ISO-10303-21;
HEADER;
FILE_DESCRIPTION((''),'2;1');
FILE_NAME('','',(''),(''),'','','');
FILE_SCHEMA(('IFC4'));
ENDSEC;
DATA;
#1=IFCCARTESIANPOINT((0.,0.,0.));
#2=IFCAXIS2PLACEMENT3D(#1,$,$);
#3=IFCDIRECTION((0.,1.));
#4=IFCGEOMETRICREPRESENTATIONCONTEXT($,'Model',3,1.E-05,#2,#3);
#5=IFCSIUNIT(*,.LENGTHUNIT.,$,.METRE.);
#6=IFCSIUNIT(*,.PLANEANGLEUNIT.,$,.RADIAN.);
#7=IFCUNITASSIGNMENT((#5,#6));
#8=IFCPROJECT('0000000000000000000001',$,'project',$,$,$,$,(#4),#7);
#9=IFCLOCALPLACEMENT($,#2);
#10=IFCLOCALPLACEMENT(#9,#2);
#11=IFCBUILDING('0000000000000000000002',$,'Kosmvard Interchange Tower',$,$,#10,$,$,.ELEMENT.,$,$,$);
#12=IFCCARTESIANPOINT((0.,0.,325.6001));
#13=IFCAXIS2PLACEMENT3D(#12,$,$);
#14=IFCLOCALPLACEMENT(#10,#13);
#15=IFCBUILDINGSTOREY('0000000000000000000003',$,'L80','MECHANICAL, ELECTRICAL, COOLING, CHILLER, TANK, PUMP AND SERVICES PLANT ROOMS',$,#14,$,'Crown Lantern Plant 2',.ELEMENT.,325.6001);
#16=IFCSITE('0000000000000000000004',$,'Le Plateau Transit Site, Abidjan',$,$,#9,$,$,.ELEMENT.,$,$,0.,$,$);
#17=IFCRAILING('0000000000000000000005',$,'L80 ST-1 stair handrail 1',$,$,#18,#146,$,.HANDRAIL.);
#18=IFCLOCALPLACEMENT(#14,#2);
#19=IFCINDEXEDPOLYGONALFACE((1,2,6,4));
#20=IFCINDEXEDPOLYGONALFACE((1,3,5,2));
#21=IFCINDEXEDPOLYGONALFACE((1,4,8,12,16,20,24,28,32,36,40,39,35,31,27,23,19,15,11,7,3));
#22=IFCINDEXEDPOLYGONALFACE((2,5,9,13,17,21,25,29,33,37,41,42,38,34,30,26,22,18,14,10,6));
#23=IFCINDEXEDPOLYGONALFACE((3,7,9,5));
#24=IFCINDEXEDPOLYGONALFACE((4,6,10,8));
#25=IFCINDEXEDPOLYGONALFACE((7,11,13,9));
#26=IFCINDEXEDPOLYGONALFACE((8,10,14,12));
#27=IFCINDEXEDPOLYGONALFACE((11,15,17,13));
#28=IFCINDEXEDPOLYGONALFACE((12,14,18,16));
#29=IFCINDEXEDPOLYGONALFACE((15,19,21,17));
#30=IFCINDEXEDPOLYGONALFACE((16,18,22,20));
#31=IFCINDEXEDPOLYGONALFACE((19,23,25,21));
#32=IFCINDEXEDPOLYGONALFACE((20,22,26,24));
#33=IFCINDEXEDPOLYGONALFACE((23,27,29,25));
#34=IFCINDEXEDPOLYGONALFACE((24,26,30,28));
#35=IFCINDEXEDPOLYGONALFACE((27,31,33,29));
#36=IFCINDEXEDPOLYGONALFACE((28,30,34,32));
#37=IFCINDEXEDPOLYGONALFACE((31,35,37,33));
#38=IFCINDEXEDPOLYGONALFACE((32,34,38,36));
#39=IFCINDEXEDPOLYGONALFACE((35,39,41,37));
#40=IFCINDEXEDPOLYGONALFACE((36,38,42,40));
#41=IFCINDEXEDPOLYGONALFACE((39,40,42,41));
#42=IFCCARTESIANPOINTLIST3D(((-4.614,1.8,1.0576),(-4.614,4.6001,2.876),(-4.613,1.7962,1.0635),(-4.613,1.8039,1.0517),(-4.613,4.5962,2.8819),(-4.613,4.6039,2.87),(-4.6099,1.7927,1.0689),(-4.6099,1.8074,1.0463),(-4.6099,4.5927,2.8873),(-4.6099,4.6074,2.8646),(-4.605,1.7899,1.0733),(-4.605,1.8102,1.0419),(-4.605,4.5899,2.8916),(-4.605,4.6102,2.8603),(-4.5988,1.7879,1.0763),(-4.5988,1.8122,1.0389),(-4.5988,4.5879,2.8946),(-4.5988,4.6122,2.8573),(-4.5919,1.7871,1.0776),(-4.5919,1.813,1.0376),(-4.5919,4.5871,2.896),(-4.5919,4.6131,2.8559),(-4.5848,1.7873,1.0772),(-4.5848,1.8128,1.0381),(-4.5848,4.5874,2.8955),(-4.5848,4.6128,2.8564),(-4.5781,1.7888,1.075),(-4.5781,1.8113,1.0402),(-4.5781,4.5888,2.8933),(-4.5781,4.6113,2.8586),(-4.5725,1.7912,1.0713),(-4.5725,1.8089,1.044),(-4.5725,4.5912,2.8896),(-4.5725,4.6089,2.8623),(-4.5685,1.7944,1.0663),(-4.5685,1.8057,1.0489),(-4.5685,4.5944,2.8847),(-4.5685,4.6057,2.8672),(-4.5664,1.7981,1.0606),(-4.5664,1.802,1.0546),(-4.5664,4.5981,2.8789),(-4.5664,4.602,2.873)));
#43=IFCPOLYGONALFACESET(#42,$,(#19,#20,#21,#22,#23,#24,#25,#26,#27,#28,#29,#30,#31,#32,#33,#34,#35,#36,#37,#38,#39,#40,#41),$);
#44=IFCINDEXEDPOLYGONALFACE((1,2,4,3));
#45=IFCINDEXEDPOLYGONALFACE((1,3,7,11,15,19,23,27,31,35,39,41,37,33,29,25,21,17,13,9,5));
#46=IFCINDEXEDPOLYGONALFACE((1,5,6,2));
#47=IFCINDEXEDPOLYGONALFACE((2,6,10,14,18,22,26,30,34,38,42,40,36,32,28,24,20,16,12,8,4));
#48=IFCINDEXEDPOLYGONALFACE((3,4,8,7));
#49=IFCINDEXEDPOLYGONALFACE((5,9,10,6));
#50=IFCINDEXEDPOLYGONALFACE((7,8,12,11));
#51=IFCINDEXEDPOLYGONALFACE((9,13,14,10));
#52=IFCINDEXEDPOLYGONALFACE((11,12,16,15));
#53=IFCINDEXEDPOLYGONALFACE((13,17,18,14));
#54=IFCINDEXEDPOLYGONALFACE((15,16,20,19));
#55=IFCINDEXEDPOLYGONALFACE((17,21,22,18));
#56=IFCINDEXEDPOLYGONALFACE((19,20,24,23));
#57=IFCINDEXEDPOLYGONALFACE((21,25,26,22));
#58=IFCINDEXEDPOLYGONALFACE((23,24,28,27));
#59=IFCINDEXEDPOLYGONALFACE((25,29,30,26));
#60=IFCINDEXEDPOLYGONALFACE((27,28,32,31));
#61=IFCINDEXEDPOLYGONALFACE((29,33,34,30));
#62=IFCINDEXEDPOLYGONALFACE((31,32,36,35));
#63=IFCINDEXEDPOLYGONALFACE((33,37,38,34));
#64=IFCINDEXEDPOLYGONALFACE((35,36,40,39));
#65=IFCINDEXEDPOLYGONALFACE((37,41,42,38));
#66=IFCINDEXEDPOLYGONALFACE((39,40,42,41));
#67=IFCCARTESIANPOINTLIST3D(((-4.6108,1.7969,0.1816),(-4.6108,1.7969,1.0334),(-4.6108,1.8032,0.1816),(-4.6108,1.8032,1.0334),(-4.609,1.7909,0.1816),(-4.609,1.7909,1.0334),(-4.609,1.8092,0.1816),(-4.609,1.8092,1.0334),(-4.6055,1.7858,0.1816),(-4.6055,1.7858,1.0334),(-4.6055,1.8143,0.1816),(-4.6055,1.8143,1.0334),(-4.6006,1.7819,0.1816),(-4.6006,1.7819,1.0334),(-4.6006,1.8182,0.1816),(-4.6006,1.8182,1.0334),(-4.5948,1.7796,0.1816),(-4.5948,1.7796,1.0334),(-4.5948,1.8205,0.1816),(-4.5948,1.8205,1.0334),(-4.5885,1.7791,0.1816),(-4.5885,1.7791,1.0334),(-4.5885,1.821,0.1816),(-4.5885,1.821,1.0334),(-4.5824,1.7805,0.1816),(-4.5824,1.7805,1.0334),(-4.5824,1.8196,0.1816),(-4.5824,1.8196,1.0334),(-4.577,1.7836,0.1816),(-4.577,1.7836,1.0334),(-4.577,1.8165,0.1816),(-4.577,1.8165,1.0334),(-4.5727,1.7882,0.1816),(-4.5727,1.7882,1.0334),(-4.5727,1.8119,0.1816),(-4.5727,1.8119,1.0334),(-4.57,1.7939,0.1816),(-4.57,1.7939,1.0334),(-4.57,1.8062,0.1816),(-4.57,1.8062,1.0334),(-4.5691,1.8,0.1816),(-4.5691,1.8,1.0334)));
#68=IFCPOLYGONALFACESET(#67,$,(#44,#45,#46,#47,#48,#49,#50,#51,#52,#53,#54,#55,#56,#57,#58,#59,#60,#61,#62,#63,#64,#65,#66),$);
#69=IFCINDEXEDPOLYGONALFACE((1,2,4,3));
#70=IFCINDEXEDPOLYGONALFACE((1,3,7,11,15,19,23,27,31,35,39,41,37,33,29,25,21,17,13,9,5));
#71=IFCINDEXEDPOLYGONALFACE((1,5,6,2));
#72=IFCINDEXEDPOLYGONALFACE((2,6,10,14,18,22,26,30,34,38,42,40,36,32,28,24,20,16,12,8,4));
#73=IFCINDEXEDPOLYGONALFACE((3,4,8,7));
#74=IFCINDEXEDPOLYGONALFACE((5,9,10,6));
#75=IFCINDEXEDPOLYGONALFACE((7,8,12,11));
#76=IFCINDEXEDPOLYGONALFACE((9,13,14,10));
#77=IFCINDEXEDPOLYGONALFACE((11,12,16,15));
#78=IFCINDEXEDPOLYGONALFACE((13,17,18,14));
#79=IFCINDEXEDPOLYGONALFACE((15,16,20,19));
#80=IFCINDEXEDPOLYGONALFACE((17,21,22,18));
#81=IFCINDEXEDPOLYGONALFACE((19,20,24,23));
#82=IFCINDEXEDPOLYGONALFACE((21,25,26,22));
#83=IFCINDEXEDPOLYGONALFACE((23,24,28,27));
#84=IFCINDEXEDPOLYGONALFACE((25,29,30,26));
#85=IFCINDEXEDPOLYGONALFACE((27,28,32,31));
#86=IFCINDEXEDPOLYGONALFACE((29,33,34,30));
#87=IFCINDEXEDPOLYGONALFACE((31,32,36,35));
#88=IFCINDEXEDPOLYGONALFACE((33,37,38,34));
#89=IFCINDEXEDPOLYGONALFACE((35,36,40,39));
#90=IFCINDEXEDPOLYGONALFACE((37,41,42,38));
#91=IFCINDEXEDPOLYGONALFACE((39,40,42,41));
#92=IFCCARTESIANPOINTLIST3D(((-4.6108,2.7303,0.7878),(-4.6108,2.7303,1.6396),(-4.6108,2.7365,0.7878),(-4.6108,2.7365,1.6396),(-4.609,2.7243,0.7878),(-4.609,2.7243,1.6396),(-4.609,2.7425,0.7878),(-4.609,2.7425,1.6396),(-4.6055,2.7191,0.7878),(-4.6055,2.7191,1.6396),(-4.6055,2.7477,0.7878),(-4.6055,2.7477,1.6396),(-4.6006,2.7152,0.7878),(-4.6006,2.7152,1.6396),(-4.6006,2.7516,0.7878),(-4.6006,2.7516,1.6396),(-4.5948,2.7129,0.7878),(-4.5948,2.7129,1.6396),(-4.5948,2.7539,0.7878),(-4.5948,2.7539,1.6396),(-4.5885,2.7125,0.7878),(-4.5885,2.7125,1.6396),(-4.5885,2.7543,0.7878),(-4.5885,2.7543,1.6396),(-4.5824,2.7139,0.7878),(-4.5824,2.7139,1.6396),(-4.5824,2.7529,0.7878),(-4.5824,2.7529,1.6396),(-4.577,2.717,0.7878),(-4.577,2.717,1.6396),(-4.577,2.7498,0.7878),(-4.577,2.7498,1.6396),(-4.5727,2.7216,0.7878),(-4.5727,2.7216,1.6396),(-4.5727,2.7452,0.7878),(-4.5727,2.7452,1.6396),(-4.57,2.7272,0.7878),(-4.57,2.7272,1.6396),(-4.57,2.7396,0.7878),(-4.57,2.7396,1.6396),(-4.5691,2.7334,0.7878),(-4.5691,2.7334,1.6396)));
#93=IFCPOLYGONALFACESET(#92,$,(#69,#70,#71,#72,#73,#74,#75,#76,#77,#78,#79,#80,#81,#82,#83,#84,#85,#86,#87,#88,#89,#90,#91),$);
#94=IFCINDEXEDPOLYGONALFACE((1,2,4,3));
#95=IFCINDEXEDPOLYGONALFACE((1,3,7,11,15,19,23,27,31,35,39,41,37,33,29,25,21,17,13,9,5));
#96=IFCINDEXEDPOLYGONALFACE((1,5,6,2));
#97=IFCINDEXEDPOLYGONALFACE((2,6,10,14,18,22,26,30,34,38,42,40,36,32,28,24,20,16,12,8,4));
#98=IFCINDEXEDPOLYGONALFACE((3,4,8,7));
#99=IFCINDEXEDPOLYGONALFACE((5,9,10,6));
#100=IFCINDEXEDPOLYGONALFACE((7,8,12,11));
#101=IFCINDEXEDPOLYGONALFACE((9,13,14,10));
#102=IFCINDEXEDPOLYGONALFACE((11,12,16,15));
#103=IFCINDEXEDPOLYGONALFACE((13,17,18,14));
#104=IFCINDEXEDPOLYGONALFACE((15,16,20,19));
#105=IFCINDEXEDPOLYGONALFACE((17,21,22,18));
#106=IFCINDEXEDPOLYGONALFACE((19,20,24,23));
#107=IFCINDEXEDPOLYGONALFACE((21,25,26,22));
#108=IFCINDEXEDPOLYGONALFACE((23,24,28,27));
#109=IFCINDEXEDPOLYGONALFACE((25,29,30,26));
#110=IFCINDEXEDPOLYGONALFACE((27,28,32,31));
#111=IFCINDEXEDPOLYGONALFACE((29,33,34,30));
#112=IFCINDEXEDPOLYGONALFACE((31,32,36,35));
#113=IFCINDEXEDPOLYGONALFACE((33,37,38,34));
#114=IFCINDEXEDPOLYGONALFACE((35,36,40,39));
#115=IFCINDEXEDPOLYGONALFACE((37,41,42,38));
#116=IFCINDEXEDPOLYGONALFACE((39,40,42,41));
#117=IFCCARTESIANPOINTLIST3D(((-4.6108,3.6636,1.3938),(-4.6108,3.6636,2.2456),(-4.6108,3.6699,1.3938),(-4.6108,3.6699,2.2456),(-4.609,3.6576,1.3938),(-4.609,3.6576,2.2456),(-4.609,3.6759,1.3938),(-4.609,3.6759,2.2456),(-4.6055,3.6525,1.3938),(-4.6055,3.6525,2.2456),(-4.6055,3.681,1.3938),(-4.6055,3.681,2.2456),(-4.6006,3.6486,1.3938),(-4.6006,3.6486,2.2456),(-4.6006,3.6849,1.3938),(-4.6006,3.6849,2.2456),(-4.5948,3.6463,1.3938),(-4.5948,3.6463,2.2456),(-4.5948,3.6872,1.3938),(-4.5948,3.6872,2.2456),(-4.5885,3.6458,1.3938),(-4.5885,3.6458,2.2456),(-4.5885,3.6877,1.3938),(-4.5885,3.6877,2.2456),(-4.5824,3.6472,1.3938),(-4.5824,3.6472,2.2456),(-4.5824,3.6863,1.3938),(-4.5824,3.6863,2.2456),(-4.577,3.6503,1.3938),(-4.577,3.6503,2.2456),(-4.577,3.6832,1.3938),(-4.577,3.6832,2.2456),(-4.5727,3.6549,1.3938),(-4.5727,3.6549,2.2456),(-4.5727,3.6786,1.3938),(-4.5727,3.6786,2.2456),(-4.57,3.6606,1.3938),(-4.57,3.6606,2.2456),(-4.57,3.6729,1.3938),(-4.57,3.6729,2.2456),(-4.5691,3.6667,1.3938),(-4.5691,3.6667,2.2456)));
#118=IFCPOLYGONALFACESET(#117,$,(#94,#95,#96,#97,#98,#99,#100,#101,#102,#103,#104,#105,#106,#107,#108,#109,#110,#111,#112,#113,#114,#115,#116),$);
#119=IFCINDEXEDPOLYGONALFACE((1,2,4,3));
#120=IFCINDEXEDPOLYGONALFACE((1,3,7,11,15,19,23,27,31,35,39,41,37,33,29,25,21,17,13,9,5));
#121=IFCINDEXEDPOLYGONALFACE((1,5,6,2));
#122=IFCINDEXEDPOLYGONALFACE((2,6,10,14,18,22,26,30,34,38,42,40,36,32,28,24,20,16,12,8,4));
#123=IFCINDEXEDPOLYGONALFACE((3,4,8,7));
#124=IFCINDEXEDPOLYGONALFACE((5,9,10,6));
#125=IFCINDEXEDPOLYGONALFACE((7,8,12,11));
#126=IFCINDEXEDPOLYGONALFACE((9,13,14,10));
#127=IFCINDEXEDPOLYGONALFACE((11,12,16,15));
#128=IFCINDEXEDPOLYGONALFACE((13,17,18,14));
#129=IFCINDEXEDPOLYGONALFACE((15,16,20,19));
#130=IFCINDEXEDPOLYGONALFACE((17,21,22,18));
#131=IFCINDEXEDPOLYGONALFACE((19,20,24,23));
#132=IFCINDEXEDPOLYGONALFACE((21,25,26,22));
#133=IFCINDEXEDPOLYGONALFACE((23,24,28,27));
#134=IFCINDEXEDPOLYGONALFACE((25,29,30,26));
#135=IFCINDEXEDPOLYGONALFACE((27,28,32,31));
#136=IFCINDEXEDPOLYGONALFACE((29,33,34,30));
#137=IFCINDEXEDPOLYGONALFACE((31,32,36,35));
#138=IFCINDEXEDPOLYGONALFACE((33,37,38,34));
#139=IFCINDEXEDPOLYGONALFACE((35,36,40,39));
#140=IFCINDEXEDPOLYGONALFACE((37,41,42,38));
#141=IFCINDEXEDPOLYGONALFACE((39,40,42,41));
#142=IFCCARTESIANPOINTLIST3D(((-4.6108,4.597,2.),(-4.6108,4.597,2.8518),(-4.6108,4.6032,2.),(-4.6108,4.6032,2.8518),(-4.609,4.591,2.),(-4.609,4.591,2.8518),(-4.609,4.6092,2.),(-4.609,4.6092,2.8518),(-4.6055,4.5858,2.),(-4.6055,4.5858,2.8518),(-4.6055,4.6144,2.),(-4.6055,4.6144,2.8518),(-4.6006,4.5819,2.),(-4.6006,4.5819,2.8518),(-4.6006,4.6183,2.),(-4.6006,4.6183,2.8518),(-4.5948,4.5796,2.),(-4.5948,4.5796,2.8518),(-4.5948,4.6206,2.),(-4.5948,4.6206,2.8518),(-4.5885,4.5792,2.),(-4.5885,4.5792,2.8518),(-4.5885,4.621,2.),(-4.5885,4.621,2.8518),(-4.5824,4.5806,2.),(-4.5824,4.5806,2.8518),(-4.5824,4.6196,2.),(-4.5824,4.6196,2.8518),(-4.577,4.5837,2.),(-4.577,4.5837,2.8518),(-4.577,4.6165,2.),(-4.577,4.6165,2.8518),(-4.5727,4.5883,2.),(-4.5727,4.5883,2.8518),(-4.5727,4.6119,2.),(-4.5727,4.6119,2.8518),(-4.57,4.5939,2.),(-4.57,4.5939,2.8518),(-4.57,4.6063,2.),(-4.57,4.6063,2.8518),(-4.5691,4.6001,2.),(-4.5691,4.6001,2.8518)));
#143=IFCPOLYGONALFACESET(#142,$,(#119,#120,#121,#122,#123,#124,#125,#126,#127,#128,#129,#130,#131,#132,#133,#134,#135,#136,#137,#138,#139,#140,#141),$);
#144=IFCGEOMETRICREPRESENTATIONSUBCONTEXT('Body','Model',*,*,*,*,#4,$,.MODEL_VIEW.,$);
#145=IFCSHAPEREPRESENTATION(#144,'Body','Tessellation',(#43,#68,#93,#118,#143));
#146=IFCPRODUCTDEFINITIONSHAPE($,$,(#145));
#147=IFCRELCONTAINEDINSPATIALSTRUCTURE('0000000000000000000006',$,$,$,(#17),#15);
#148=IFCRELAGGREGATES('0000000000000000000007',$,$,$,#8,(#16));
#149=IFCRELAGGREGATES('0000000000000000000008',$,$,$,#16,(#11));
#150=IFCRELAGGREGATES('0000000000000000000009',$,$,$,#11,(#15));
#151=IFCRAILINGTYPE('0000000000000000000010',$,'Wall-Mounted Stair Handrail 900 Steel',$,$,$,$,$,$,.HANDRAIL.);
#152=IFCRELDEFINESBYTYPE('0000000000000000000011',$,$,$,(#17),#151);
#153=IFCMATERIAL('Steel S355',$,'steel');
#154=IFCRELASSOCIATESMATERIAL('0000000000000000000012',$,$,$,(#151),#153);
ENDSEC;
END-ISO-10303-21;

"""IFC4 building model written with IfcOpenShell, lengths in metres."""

from ifc_helpers import new_model, si_unit, direction, frame, origin, origin_2d, place, context, subcontext, project, spatial, circle, extrude, source, transform, mapped, material, type_object, element, save


model = new_model("IFC4")

# Units and contexts
model_context = context("Model", 3, precision=1e-05, world=origin(), true_north=direction((0.0, 1.0)))
body_context = subcontext(model_context, "Body", "Model", "MODEL_VIEW")
ifc_project = project(units=[si_unit("LENGTHUNIT", "METRE"), si_unit("PLANEANGLEUNIT", "RADIAN")], contexts=[model_context])

# Site, building, storey
site_placement = place(None, origin())
site = spatial("IfcSite", under=ifc_project, at=site_placement, Name="Le Plateau Transit Site, Abidjan", CompositionType="ELEMENT", RefElevation=0.0)
building_placement = place(site_placement, origin())
building = spatial("IfcBuilding", under=site, at=building_placement, Name="Kosmvard Interchange Tower", CompositionType="ELEMENT")
storey_placement = place(building_placement, frame((0.0, 0.0, 325.6001)))
storey = spatial("IfcBuildingStorey", under=building, at=storey_placement, Name="L80", Description="MECHANICAL, ELECTRICAL, COOLING, CHILLER, TANK, PUMP AND SERVICES PLANT ROOMS", LongName="Crown Lantern Plant 2", CompositionType="ELEMENT", Elevation=325.6001)

# Shared definitions
ifc_material_1 = material(Name="Steel S355", Category="steel")

# Railing
railing_type_1 = type_object("IfcRailingType", Name="Wall-Mounted Stair Handrail 900 Steel", PredefinedType="HANDRAIL", material=ifc_material_1)
shared_shape_1 = source(origin(), body_context, "Body", "SweptSolid", [
    extrude(circle(Radius=0.0239, at=origin_2d()), frame((0.0, 0.0, 0.876), z_axis=(0.0, 0.838672, 0.544636), x_axis=(-1.0, 0.0, 0.0)), (0.0, 0.0, 1.0), 3.3386),
    extrude(circle(Radius=0.021, at=origin_2d()), origin(), (0.0, 0.0, 1.0), 0.8518),
    extrude(circle(Radius=0.021, at=origin_2d()), frame((0.0, 0.9333, 0.6062)), (0.0, 0.0, 1.0), 0.8518),
    extrude(circle(Radius=0.021, at=origin_2d()), frame((0.0, 1.8667, 1.2122)), (0.0, 0.0, 1.0), 0.8518),
    extrude(circle(Radius=0.021, at=origin_2d()), frame((0.0, 2.8, 1.8184)), (0.0, 0.0, 1.0), 0.8518),
])
railing_1_placement = place(storey_placement, frame((-4.5901, 1.8, 0.1816)))
element("IfcRailing", 1, at=railing_1_placement, inside=storey, type_object=railing_type_1, Name="L80 ST-1 stair handrail 1", PredefinedType="HANDRAIL", context=body_context, shape_type="MappedRepresentation", body=[
    mapped(shared_shape_1, transform((0.0, 0.0, 0.0), scale=1.0)),
])

save(model, "model.ifc")
